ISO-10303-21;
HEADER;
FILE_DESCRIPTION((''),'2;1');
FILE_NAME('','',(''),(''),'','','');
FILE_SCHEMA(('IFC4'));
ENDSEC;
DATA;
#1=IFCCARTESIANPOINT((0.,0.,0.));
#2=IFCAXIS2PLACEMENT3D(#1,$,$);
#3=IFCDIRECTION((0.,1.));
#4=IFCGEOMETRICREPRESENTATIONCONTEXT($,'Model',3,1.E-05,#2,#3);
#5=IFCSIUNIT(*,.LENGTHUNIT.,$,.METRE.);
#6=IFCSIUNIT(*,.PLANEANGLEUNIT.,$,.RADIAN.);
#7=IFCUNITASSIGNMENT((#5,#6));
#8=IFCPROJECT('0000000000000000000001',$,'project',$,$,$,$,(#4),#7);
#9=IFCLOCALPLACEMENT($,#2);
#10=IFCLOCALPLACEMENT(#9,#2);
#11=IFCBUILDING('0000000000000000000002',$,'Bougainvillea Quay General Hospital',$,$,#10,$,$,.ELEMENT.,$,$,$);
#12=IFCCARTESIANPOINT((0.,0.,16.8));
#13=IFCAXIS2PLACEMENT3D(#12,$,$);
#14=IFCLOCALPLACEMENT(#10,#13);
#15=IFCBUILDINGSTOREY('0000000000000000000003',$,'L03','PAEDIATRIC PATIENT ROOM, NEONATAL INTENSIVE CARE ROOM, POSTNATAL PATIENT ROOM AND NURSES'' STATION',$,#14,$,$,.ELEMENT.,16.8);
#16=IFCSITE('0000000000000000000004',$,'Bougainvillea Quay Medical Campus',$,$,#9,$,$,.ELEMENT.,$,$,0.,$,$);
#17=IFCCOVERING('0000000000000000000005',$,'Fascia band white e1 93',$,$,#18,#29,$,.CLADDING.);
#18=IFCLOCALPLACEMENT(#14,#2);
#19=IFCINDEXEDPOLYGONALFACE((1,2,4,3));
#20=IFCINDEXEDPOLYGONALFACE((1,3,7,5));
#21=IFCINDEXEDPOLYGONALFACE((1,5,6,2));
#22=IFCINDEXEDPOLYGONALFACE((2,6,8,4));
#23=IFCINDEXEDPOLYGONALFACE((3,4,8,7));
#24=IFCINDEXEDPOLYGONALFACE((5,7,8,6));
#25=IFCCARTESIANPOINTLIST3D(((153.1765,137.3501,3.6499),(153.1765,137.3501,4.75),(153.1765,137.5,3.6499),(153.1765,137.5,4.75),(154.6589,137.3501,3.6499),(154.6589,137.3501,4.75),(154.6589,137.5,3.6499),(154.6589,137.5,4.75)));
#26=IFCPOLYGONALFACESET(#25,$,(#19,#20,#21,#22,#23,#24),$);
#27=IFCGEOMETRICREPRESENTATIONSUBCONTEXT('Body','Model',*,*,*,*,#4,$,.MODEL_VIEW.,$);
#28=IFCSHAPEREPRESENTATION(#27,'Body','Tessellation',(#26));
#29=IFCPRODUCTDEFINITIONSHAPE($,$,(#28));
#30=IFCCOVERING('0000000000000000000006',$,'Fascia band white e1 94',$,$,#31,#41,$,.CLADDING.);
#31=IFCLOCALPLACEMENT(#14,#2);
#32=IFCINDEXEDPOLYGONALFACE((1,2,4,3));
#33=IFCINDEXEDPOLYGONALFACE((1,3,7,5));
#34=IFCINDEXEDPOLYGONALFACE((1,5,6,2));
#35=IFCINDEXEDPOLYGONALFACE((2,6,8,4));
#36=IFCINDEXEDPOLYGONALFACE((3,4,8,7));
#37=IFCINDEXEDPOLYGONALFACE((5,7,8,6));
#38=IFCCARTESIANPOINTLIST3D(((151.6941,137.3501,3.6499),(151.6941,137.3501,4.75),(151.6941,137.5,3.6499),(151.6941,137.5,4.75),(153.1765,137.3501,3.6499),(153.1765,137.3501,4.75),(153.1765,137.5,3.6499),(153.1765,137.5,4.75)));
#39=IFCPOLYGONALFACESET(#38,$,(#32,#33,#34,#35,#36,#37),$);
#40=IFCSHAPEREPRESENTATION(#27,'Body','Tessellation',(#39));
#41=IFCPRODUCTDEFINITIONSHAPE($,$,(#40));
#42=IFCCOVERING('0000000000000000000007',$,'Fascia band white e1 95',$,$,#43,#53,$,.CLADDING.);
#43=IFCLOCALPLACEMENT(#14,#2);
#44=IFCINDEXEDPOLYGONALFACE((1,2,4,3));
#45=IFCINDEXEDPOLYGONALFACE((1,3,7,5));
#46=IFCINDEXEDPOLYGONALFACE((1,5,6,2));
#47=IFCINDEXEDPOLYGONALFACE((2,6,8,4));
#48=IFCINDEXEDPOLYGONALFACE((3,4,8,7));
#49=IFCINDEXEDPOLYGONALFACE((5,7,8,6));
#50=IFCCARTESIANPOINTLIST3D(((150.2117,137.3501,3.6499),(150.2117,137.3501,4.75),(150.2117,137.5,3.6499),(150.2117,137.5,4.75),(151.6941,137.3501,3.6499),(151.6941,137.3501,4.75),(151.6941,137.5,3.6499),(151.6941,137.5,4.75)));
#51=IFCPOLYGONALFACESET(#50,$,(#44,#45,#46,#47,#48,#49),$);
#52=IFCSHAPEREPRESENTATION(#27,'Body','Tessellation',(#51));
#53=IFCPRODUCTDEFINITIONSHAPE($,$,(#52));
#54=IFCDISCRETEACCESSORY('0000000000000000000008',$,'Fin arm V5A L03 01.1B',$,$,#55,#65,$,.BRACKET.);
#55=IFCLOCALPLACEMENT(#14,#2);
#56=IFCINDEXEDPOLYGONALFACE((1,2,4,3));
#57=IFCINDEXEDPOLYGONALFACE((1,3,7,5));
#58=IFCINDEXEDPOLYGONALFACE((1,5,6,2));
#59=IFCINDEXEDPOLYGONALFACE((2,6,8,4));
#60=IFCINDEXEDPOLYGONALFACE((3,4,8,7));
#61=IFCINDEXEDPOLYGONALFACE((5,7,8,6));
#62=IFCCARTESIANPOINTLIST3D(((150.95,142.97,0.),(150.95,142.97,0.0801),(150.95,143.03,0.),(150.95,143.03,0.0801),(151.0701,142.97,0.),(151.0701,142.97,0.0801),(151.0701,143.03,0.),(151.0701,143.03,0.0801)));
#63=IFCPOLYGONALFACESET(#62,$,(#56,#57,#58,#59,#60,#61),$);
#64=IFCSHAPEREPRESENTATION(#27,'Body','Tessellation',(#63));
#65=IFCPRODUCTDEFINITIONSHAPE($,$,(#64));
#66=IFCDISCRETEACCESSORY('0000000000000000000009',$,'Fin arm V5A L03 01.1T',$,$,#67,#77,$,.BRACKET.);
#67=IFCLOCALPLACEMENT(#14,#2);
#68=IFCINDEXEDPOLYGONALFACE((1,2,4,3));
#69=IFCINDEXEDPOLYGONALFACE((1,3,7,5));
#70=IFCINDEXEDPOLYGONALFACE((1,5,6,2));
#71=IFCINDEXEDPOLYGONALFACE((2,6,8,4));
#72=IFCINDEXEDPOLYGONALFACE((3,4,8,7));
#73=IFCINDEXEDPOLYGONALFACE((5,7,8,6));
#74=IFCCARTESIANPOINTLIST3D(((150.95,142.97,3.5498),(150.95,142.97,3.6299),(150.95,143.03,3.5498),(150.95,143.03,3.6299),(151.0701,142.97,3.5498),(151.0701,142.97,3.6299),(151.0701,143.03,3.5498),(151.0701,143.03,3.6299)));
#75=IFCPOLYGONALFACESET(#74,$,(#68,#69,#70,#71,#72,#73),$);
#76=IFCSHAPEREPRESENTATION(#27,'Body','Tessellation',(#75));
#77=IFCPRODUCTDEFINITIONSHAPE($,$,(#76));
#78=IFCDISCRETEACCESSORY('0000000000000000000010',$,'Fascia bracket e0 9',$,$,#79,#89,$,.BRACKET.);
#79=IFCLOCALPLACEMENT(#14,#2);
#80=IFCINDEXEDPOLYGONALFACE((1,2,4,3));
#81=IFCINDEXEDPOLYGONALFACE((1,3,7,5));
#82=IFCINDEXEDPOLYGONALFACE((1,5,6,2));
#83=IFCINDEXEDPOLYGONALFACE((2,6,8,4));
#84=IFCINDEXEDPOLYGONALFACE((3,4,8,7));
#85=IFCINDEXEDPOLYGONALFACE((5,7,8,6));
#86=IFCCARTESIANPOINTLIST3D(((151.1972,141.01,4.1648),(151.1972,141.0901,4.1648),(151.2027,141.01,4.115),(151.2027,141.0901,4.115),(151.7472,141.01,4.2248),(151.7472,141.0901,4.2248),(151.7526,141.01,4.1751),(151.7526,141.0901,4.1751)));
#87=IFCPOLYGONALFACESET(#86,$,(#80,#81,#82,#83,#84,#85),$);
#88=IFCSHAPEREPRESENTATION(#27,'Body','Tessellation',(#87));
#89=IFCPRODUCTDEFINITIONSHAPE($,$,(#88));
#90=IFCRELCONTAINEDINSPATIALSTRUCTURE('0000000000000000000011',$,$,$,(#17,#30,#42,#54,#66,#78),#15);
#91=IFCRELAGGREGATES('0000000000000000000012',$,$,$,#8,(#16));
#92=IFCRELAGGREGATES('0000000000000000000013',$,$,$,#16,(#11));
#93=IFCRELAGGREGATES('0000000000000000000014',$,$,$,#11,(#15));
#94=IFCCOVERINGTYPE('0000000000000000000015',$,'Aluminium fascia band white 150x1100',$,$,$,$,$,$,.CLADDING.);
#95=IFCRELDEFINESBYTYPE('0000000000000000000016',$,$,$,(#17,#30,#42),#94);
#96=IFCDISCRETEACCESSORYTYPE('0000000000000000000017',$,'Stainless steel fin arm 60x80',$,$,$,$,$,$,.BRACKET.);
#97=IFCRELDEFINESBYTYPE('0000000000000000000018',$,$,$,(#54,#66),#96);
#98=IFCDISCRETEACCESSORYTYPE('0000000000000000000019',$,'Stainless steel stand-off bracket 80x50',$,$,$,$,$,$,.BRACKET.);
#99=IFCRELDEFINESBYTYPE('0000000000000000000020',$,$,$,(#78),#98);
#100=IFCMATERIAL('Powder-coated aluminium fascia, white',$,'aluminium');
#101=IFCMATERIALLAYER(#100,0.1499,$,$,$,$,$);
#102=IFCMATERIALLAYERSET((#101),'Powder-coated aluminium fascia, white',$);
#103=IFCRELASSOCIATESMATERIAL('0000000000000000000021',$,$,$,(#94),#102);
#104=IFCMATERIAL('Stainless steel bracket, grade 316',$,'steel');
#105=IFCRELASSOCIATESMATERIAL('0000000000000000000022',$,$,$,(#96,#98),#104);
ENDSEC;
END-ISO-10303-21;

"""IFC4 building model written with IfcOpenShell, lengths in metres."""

from ifc_helpers import new_model, si_unit, direction, frame, origin, origin_2d, place, context, subcontext, project, spatial, polyline, rectangle, outline, extrude, material, layer, layer_set, material_profile, profile_set, type_object, element, save


model = new_model("IFC4")

# Units and contexts
model_context = context("Model", 3, precision=1e-05, world=origin(), true_north=direction((0.0, 1.0)))
body_context = subcontext(model_context, "Body", "Model", "MODEL_VIEW")
ifc_project = project(units=[si_unit("LENGTHUNIT", "METRE"), si_unit("PLANEANGLEUNIT", "RADIAN")], contexts=[model_context])

# Site, building, storey
site_placement = place(None, origin())
site = spatial("IfcSite", under=ifc_project, at=site_placement, Name="Bougainvillea Quay Medical Campus", CompositionType="ELEMENT", RefElevation=0.0)
building_placement = place(site_placement, origin())
building = spatial("IfcBuilding", under=site, at=building_placement, Name="Bougainvillea Quay General Hospital", CompositionType="ELEMENT")
storey_placement = place(building_placement, frame((0.0, 0.0, 16.8)))
storey = spatial("IfcBuildingStorey", under=building, at=storey_placement, Name="L03", Description="PAEDIATRIC PATIENT ROOM, NEONATAL INTENSIVE CARE ROOM, POSTNATAL PATIENT ROOM AND NURSES' STATION", CompositionType="ELEMENT", Elevation=16.8)

# Coverings
ifc_material_1 = material(Name="Powder-coated aluminium fascia, white", Category="aluminium")
ifc_layer_1 = layer(ifc_material_1, 0.1499)
ifc_layer_set_1 = layer_set([ifc_layer_1], Name="Powder-coated aluminium fascia, white")
covering_type = type_object("IfcCoveringType", Name="Aluminium fascia band white 150x1100", PredefinedType="CLADDING", material=ifc_layer_set_1)
for number, where, z_axis, x_axis, name in (
    (1, (154.6589, 137.3501, 3.6499), (0.0, 0.0, 1.0), (-1.0, 0.0, 0.0), "Fascia band white e1 93"),
    (2, (153.1765, 137.3501, 3.6499), (0.0, 0.0, 1.0), (-1.0, 0.0, 0.0), "Fascia band white e1 94"),
    (3, (151.6941, 137.3501, 3.6499), (0.0, 0.0, 1.0), (-1.0, 0.0, 0.0), "Fascia band white e1 95"),
):
    element("IfcCovering", number, at=place(storey_placement, frame(where, z_axis=z_axis, x_axis=x_axis)), inside=storey, type_object=covering_type, Name=name, PredefinedType="CLADDING", context=body_context, shape_type="SweptSolid", body=[
        extrude(outline(polyline([(0.0, 0.0), (1.4824, 0.0), (1.4824, -0.1499), (0.0, -0.1499), (0.0, 0.0)])), origin(), (0.0, 0.0, 1.0), 1.1001),
    ])

# Discrete accessories
ifc_material_2 = material(Name="Stainless steel bracket, grade 316", Category="steel")
discrete_accessory_type_1 = type_object("IfcDiscreteAccessoryType", Name="Stainless steel fin arm 60x80", PredefinedType="BRACKET", material=ifc_material_2)
for number, where, z_axis, x_axis, name in (
    (4, (151.01, 143.0, 0.0), (0.0, 0.0, 1.0), (1.0, 0.0, 0.0), "Fin arm V5A L03 01.1B"),
    (5, (151.01, 143.0, 3.5498), (0.0, 0.0, 1.0), (1.0, 0.0, 0.0), "Fin arm V5A L03 01.1T"),
):
    element("IfcDiscreteAccessory", number, at=place(storey_placement, frame(where, z_axis=z_axis, x_axis=x_axis)), inside=storey, type_object=discrete_accessory_type_1, Name=name, PredefinedType="BRACKET", context=body_context, shape_type="SweptSolid", body=[
        extrude(rectangle(XDim=0.1201, YDim=0.0601, at=origin_2d()), origin(), (0.0, 0.0, 1.0), 0.0801),
    ])
ifc_material_profile_1 = material_profile(ifc_material_2, rectangle(XDim=0.0801, YDim=0.05, at=origin_2d()))
ifc_profile_set_1 = profile_set([ifc_material_profile_1], Name="Stainless steel bracket, grade 316")
discrete_accessory_type_2 = type_object("IfcDiscreteAccessoryType", Name="Stainless steel stand-off bracket 80x50", PredefinedType="BRACKET", material=ifc_profile_set_1)
discrete_accessory_placement = place(storey_placement, frame((151.2, 141.05, 4.1399), z_axis=(0.994092, 0.0, 0.108543), x_axis=(0.0, 1.0, 0.0)))
element("IfcDiscreteAccessory", 6, at=discrete_accessory_placement, inside=storey, type_object=discrete_accessory_type_2, Name="Fascia bracket e0 9", PredefinedType="BRACKET", context=body_context, shape_type="SweptSolid", body=[
    extrude(rectangle(XDim=0.0801, YDim=0.05, at=origin_2d()), origin(), (0.0, 0.0, 1.0), 0.5532),
])

save(model, "model.ifc")
